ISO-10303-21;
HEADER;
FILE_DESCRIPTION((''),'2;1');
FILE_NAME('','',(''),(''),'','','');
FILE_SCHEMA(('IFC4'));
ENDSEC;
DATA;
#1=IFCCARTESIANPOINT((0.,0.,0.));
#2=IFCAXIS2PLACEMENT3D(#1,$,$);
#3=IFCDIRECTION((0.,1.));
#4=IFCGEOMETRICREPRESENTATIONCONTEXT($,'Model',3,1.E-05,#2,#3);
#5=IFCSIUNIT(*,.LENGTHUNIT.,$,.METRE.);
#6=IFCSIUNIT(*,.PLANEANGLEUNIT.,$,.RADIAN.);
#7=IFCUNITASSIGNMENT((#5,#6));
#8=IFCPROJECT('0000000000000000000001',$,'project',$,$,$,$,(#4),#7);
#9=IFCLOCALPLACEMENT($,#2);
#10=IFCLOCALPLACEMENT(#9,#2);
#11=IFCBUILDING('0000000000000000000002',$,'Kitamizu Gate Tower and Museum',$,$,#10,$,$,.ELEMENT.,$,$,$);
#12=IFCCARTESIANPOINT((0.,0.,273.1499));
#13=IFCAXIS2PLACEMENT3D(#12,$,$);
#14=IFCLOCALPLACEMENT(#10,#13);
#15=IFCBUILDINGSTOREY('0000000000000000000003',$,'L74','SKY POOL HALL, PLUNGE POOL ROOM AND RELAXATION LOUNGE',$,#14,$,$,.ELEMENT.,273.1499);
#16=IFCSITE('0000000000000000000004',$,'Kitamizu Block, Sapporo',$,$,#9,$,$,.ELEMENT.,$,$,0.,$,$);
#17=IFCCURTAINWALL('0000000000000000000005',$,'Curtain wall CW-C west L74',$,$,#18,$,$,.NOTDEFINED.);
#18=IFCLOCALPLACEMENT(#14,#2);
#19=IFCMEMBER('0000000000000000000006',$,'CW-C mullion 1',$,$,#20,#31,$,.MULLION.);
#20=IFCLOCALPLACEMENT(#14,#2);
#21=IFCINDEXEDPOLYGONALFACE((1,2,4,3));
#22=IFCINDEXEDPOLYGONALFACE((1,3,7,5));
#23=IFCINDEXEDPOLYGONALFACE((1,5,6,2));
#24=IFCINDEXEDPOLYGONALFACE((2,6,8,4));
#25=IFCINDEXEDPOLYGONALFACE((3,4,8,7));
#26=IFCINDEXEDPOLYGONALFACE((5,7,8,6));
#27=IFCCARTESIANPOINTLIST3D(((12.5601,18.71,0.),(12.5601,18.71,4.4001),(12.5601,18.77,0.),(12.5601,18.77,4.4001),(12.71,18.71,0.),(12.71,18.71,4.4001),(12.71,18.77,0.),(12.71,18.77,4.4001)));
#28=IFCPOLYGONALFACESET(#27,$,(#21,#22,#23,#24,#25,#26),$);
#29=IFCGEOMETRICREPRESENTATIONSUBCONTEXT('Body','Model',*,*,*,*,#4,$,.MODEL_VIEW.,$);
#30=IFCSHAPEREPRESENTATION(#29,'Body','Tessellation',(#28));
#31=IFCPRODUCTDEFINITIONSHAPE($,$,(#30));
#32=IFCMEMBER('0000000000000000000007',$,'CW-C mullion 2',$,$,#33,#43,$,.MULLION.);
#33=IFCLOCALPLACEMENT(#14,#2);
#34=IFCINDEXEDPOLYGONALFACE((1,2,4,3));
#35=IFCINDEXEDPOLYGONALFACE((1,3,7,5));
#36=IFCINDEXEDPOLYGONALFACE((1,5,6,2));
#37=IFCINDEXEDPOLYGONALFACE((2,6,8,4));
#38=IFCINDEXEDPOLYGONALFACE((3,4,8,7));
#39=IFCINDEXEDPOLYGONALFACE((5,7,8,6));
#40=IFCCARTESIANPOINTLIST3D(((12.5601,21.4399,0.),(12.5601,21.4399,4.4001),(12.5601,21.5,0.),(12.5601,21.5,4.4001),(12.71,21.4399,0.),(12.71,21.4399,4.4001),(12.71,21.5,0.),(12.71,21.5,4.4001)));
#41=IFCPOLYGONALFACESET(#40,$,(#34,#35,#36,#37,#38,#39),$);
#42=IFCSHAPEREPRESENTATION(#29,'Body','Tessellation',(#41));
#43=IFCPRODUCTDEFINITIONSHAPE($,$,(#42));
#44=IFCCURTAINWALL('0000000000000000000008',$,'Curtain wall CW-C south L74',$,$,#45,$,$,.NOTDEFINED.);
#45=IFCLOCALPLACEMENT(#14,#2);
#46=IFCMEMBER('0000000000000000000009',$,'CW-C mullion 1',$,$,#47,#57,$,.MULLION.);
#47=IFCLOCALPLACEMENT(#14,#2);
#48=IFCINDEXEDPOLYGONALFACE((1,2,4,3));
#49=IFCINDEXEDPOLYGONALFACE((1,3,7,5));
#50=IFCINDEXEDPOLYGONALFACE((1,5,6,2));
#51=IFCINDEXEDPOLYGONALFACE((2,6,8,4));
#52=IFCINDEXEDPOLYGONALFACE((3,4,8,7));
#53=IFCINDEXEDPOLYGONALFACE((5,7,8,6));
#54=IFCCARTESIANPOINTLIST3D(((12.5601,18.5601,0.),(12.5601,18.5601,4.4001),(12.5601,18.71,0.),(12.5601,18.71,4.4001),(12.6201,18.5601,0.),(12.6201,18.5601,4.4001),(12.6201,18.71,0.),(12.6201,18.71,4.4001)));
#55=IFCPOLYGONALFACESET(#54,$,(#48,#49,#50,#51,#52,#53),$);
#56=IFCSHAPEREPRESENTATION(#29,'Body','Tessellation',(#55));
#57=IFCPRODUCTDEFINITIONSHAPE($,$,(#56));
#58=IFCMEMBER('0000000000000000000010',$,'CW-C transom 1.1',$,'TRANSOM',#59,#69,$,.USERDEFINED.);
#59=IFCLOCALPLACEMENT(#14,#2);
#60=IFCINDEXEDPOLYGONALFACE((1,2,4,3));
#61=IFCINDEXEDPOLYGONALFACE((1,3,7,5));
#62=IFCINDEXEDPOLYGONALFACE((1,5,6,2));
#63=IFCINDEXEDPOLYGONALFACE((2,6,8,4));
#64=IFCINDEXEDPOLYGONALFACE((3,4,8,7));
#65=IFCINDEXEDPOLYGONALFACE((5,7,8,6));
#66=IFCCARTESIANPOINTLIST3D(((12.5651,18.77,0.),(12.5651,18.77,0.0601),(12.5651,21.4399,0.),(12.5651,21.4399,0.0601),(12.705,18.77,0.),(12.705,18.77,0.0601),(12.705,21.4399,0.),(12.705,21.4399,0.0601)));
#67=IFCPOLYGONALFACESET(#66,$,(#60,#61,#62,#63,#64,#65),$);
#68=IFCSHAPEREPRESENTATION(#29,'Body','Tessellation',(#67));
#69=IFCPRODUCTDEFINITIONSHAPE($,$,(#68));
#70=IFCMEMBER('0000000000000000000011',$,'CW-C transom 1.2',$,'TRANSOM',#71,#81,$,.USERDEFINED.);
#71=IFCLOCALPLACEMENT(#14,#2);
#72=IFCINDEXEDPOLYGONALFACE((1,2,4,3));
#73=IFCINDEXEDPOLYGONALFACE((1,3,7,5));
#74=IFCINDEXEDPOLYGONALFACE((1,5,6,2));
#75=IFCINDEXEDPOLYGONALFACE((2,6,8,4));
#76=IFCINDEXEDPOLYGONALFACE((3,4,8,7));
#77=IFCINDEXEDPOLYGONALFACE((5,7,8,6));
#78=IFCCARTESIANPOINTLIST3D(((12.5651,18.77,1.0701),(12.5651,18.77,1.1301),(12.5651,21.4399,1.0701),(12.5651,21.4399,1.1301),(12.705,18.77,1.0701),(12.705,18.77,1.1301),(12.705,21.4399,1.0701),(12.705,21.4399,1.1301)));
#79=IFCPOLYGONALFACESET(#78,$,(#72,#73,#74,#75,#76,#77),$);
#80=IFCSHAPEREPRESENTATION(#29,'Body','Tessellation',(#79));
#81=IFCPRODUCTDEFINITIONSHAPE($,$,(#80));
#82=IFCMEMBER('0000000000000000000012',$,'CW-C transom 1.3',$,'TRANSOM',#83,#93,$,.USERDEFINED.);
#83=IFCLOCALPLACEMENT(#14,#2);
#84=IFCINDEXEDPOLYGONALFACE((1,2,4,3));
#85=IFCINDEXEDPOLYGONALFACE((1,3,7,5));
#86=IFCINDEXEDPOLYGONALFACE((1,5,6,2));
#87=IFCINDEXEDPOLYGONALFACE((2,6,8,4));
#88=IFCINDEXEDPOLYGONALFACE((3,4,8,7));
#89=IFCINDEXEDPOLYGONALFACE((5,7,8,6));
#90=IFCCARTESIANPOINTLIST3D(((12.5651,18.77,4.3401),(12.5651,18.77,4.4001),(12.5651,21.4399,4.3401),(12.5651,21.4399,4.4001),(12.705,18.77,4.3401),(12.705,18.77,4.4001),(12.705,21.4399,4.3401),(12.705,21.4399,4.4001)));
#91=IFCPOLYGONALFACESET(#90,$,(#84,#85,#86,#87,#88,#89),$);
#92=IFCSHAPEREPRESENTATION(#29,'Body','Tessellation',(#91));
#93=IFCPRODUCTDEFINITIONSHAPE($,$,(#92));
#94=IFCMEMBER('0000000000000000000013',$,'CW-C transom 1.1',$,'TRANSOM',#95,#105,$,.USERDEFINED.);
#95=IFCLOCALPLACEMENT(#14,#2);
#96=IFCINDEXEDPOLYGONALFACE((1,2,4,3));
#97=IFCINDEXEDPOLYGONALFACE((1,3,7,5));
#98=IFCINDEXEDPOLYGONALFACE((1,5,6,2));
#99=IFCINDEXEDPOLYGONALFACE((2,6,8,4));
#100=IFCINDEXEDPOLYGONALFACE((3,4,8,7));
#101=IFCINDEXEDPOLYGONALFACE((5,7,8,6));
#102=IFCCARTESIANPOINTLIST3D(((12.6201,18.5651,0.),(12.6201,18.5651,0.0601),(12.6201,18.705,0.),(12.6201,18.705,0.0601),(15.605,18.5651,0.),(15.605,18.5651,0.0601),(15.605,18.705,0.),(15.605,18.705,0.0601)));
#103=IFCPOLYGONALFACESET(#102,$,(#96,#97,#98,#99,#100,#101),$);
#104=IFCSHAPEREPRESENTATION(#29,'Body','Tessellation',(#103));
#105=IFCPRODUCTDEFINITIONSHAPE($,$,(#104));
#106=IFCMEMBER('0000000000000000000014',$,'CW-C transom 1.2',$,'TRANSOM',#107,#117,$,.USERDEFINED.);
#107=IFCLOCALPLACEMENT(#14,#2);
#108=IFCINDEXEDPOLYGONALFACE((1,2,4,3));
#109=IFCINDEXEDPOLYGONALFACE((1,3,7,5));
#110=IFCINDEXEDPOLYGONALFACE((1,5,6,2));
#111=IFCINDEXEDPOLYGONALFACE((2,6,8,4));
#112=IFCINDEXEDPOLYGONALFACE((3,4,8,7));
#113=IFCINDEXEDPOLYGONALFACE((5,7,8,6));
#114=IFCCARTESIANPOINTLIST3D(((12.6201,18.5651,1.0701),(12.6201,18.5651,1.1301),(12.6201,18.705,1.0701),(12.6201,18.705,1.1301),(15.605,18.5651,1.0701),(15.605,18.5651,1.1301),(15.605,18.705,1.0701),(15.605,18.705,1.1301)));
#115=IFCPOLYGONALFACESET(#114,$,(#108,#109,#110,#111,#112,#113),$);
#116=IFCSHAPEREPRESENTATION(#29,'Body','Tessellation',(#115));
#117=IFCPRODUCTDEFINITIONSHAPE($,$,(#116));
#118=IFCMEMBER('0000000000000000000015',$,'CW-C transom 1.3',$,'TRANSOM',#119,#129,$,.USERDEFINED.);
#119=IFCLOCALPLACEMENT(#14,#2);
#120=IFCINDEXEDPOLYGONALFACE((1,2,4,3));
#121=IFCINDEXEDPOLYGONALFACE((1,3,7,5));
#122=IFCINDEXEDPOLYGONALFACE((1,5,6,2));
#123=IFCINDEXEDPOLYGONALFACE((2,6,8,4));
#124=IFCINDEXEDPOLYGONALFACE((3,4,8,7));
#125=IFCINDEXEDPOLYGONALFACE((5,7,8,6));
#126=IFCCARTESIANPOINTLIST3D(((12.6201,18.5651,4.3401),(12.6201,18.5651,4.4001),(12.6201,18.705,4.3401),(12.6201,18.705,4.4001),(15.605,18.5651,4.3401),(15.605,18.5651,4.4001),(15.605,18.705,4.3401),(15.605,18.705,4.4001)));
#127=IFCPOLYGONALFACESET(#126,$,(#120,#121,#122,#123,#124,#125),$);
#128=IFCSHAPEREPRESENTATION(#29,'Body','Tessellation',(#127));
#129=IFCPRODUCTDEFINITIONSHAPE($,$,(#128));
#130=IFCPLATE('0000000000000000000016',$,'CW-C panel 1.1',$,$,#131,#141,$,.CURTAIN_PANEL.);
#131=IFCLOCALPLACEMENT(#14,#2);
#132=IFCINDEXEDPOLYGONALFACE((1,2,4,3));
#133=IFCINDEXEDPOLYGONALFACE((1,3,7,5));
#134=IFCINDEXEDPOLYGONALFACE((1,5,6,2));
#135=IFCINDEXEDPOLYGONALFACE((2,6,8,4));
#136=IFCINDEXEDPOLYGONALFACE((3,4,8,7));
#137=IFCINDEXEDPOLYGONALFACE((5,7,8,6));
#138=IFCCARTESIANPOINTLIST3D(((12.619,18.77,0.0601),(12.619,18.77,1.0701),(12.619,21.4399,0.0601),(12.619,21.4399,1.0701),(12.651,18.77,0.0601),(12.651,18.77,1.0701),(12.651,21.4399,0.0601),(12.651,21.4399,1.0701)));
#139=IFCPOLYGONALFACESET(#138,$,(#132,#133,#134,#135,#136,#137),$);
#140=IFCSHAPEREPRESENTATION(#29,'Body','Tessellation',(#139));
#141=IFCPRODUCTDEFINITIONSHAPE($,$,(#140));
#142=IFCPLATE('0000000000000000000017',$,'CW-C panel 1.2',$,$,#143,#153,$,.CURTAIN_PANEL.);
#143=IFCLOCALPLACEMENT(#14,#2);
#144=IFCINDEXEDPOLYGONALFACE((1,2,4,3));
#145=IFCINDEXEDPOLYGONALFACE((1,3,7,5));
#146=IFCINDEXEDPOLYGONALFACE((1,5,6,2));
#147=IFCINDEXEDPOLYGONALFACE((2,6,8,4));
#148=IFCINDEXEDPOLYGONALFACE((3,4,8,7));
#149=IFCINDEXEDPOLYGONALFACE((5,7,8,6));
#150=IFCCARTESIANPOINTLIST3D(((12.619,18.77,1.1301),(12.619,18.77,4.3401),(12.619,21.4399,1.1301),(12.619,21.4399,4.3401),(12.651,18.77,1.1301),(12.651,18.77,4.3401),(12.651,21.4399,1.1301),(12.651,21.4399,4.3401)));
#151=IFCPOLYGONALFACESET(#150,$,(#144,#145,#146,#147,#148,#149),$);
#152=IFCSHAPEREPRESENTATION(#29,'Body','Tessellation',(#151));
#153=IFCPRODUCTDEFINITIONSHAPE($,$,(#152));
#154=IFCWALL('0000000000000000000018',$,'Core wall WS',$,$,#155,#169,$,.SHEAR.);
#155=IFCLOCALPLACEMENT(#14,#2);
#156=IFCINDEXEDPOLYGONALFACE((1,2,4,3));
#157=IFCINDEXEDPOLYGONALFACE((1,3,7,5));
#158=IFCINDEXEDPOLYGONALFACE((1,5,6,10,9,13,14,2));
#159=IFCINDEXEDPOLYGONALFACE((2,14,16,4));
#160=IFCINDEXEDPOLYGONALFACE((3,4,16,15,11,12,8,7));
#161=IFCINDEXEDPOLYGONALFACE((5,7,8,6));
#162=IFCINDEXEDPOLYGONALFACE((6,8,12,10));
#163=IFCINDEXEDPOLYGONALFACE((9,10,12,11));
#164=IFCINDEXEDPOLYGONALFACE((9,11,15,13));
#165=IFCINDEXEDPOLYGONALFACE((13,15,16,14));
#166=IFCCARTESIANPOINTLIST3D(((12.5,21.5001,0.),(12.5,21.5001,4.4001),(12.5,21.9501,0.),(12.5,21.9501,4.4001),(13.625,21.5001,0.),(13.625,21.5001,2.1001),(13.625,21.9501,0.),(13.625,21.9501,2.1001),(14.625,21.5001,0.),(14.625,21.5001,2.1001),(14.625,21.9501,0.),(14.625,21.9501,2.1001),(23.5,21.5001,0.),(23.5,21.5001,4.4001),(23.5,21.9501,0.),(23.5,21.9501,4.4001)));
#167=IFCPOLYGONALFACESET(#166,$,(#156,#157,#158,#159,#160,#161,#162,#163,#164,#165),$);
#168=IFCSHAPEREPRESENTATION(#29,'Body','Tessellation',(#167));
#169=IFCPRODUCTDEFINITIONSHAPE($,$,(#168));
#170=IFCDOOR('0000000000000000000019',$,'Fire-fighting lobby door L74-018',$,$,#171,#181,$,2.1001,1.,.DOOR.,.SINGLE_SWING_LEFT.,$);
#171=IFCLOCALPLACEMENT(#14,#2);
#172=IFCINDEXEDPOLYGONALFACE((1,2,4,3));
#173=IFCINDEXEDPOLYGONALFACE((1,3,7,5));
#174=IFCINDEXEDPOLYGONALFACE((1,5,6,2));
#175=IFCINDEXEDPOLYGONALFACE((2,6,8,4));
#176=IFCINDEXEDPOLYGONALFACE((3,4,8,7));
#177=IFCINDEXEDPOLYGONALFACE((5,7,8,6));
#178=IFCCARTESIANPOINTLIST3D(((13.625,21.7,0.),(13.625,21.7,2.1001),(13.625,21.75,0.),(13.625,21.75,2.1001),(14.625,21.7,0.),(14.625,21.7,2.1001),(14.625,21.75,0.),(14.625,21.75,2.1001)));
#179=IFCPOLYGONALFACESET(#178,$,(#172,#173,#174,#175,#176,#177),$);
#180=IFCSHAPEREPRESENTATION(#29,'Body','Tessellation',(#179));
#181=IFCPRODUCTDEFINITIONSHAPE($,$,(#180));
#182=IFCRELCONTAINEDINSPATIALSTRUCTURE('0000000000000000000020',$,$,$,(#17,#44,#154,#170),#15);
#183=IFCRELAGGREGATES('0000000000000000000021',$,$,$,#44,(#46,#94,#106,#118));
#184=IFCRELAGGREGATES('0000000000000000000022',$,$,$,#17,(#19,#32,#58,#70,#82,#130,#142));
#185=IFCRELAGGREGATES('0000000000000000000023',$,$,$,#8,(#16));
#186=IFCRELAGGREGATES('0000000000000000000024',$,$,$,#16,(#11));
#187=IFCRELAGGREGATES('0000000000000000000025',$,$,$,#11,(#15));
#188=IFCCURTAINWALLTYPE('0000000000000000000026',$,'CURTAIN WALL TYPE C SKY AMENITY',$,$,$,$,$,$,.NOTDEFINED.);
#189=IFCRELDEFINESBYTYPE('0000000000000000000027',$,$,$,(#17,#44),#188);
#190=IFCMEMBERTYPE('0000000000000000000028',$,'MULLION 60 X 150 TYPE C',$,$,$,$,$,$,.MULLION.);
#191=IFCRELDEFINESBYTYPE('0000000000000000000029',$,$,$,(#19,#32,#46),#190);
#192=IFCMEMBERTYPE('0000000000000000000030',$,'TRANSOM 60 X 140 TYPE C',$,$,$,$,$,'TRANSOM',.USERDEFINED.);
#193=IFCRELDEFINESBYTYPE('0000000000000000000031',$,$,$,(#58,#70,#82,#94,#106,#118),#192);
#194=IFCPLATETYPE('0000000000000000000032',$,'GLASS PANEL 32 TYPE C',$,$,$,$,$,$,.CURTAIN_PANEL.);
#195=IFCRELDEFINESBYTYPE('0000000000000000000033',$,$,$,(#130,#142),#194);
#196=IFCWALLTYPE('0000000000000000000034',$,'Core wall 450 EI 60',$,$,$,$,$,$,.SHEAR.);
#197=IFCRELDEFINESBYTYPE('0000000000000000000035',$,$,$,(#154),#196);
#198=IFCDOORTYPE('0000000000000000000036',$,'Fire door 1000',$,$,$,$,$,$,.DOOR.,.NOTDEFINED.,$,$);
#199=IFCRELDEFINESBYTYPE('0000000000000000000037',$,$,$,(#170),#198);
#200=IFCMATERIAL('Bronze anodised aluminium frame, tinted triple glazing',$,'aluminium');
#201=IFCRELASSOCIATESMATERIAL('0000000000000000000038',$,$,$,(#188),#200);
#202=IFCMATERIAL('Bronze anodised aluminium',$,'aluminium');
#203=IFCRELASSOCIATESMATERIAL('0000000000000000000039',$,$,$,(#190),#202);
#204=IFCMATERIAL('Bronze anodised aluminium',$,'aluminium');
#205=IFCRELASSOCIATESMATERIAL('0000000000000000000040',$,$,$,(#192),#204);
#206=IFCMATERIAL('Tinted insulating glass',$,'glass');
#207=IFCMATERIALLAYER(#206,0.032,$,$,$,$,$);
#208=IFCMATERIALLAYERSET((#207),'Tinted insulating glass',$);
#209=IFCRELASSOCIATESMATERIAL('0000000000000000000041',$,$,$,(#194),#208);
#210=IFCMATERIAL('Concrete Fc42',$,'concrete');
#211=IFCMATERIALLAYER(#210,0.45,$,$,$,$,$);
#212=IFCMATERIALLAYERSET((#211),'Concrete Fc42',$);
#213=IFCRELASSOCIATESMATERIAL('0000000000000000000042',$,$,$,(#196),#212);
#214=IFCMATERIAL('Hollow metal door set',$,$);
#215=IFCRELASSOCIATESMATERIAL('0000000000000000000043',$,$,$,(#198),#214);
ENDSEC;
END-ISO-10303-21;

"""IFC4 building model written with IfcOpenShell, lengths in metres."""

from ifc_helpers import new_model, si_unit, direction, frame, frame_2d, origin, origin_2d, place, context, subcontext, project, spatial, rectangle, extrude, material, layer, layer_set, material_profile, profile_set, type_object, element, fill, aggregate, save


model = new_model("IFC4")

# Units and contexts
model_context = context("Model", 3, precision=1e-05, world=origin(), true_north=direction((0.0, 1.0)))
body_context = subcontext(model_context, "Body", "Model", "MODEL_VIEW")
ifc_project = project(units=[si_unit("LENGTHUNIT", "METRE"), si_unit("PLANEANGLEUNIT", "RADIAN")], contexts=[model_context])

# Site, building, storey
site_placement = place(None, origin())
site = spatial("IfcSite", under=ifc_project, at=site_placement, Name="Kitamizu Block, Sapporo", CompositionType="ELEMENT", RefElevation=0.0)
building_placement = place(site_placement, origin())
building = spatial("IfcBuilding", under=site, at=building_placement, Name="Kitamizu Gate Tower and Museum", CompositionType="ELEMENT")
storey_placement = place(building_placement, frame((0.0, 0.0, 273.1499)))
storey = spatial("IfcBuildingStorey", under=building, at=storey_placement, Name="L74", Description="SKY POOL HALL, PLUNGE POOL ROOM AND RELAXATION LOUNGE", CompositionType="ELEMENT", Elevation=273.1499)

# Curtain wall, members
ifc_material_1 = material(Name="Bronze anodised aluminium frame, tinted triple glazing", Category="aluminium")
curtain_wall_type = type_object("IfcCurtainWallType", Name="CURTAIN WALL TYPE C SKY AMENITY", PredefinedType="NOTDEFINED", material=ifc_material_1)
curtain_wall_1_placement = place(storey_placement, origin())
curtain_wall_1 = element("IfcCurtainWall", 1, at=curtain_wall_1_placement, inside=storey, type_object=curtain_wall_type, Name="Curtain wall CW-C west L74", PredefinedType="NOTDEFINED")
ifc_material_2 = material(Name="Bronze anodised aluminium", Category="aluminium")
ifc_material_profile_1 = material_profile(ifc_material_2, rectangle(XDim=0.0601, YDim=0.1499, at=origin_2d()), Name="AL 60X150")
ifc_profile_set_1 = profile_set([ifc_material_profile_1], Name="Bronze anodised aluminium")
member_type_1 = type_object("IfcMemberType", Name="MULLION 60 X 150 TYPE C", PredefinedType="MULLION", material=ifc_profile_set_1)
member_1_placement = place(storey_placement, frame((12.635, 18.74, 0.0), z_axis=(0.0, 0.0, 1.0), x_axis=(0.0, 1.0, 0.0)))
member_1 = element("IfcMember", 2, at=member_1_placement, type_object=member_type_1, Name="CW-C mullion 1", PredefinedType="MULLION", context=body_context, shape_type="SweptSolid", body=[
    extrude(rectangle(XDim=0.0601, YDim=0.1499, at=origin_2d()), origin(), (0.0, 0.0, 1.0), 4.4001),
])
member_2_placement = place(storey_placement, frame((12.635, 21.47, 0.0), z_axis=(0.0, 0.0, 1.0), x_axis=(0.0, 1.0, 0.0)))
member_2 = element("IfcMember", 3, at=member_2_placement, type_object=member_type_1, Name="CW-C mullion 2", PredefinedType="MULLION", context=body_context, shape_type="SweptSolid", body=[
    extrude(rectangle(XDim=0.0601, YDim=0.1499, at=origin_2d()), origin(), (0.0, 0.0, 1.0), 4.4001),
])

# Curtain wall, member
curtain_wall_2_placement = place(storey_placement, origin())
curtain_wall_2 = element("IfcCurtainWall", 4, at=curtain_wall_2_placement, inside=storey, type_object=curtain_wall_type, Name="Curtain wall CW-C south L74", PredefinedType="NOTDEFINED")
member_3_placement = place(storey_placement, frame((12.5901, 18.635, 0.0), z_axis=(0.0, 0.0, 1.0), x_axis=(1.0, 0.0, 0.0)))
member_3 = element("IfcMember", 5, at=member_3_placement, type_object=member_type_1, Name="CW-C mullion 1", PredefinedType="MULLION", context=body_context, shape_type="SweptSolid", body=[
    extrude(rectangle(XDim=0.0601, YDim=0.1499, at=origin_2d()), origin(), (0.0, 0.0, 1.0), 4.4001),
])

# Members
ifc_material_3 = material(Name="Bronze anodised aluminium", Category="aluminium")
ifc_material_profile_2 = material_profile(ifc_material_3, rectangle(XDim=0.1399, YDim=0.0601, at=origin_2d()), Name="AL 60X140")
ifc_profile_set_2 = profile_set([ifc_material_profile_2], Name="Bronze anodised aluminium")
member_type_2 = type_object("IfcMemberType", Name="TRANSOM 60 X 140 TYPE C", ElementType="TRANSOM", PredefinedType="USERDEFINED", material=ifc_profile_set_2)
member_4_placement = place(storey_placement, frame((12.635, 18.77, 0.03), z_axis=(0.0, 1.0, 0.0), x_axis=(-1.0, 0.0, 0.0)))
member_4 = element("IfcMember", 6, at=member_4_placement, type_object=member_type_2, Name="CW-C transom 1.1", ObjectType="TRANSOM", PredefinedType="USERDEFINED", context=body_context, shape_type="SweptSolid", body=[
    extrude(rectangle(XDim=0.1399, YDim=0.0601, at=origin_2d()), origin(), (0.0, 0.0, 1.0), 2.6699),
])
member_5_placement = place(storey_placement, frame((12.635, 18.77, 1.1001), z_axis=(0.0, 1.0, 0.0), x_axis=(-1.0, 0.0, 0.0)))
member_5 = element("IfcMember", 7, at=member_5_placement, type_object=member_type_2, Name="CW-C transom 1.2", ObjectType="TRANSOM", PredefinedType="USERDEFINED", context=body_context, shape_type="SweptSolid", body=[
    extrude(rectangle(XDim=0.1399, YDim=0.0601, at=origin_2d()), origin(), (0.0, 0.0, 1.0), 2.6699),
])
member_6_placement = place(storey_placement, frame((12.635, 18.77, 4.3701), z_axis=(0.0, 1.0, 0.0), x_axis=(-1.0, 0.0, 0.0)))
member_6 = element("IfcMember", 8, at=member_6_placement, type_object=member_type_2, Name="CW-C transom 1.3", ObjectType="TRANSOM", PredefinedType="USERDEFINED", context=body_context, shape_type="SweptSolid", body=[
    extrude(rectangle(XDim=0.1399, YDim=0.0601, at=origin_2d()), origin(), (0.0, 0.0, 1.0), 2.6699),
])
member_7_placement = place(storey_placement, frame((12.6201, 18.635, 0.03), z_axis=(1.0, 0.0, 0.0), x_axis=(0.0, 1.0, 0.0)))
member_7 = element("IfcMember", 9, at=member_7_placement, type_object=member_type_2, Name="CW-C transom 1.1", ObjectType="TRANSOM", PredefinedType="USERDEFINED", context=body_context, shape_type="SweptSolid", body=[
    extrude(rectangle(XDim=0.1399, YDim=0.0601, at=origin_2d()), origin(), (0.0, 0.0, 1.0), 2.9849),
])
member_8_placement = place(storey_placement, frame((12.6201, 18.635, 1.1001), z_axis=(1.0, 0.0, 0.0), x_axis=(0.0, 1.0, 0.0)))
member_8 = element("IfcMember", 10, at=member_8_placement, type_object=member_type_2, Name="CW-C transom 1.2", ObjectType="TRANSOM", PredefinedType="USERDEFINED", context=body_context, shape_type="SweptSolid", body=[
    extrude(rectangle(XDim=0.1399, YDim=0.0601, at=origin_2d()), origin(), (0.0, 0.0, 1.0), 2.9849),
])
member_9_placement = place(storey_placement, frame((12.6201, 18.635, 4.3701), z_axis=(1.0, 0.0, 0.0), x_axis=(0.0, 1.0, 0.0)))
member_9 = element("IfcMember", 11, at=member_9_placement, type_object=member_type_2, Name="CW-C transom 1.3", ObjectType="TRANSOM", PredefinedType="USERDEFINED", context=body_context, shape_type="SweptSolid", body=[
    extrude(rectangle(XDim=0.1399, YDim=0.0601, at=origin_2d()), origin(), (0.0, 0.0, 1.0), 2.9849),
])
aggregate(curtain_wall_2, [member_3, member_7, member_8, member_9])

# Plates
ifc_material_4 = material(Name="Tinted insulating glass", Category="glass")
ifc_layer_1 = layer(ifc_material_4, 0.032)
ifc_layer_set_1 = layer_set([ifc_layer_1], Name="Tinted insulating glass")
plate_type = type_object("IfcPlateType", Name="GLASS PANEL 32 TYPE C", PredefinedType="CURTAIN_PANEL", material=ifc_layer_set_1)
plate_1_placement = place(storey_placement, frame((12.635, 20.105, 0.0601), z_axis=(0.0, 0.0, 1.0), x_axis=(0.0, 1.0, 0.0)))
plate_1 = element("IfcPlate", 12, at=plate_1_placement, type_object=plate_type, Name="CW-C panel 1.1", PredefinedType="CURTAIN_PANEL", context=body_context, shape_type="SweptSolid", body=[
    extrude(rectangle(XDim=2.6699, YDim=0.032, at=origin_2d()), origin(), (0.0, 0.0, 1.0), 1.01),
])
plate_2_placement = place(storey_placement, frame((12.635, 20.105, 1.1301), z_axis=(0.0, 0.0, 1.0), x_axis=(0.0, 1.0, 0.0)))
plate_2 = element("IfcPlate", 13, at=plate_2_placement, type_object=plate_type, Name="CW-C panel 1.2", PredefinedType="CURTAIN_PANEL", context=body_context, shape_type="SweptSolid", body=[
    extrude(rectangle(XDim=2.6699, YDim=0.032, at=origin_2d()), origin(), (0.0, 0.0, 1.0), 3.21),
])
aggregate(curtain_wall_1, [member_1, member_2, member_4, member_5, member_6, plate_1, plate_2])

# Wall, opening, door
ifc_material_5 = material(Name="Concrete Fc42", Category="concrete")
ifc_layer_2 = layer(ifc_material_5, 0.45)
ifc_layer_set_2 = layer_set([ifc_layer_2], Name="Concrete Fc42")
wall_type = type_object("IfcWallType", Name="Core wall 450 EI 60", PredefinedType="SHEAR", material=ifc_layer_set_2)
wall_1_placement = place(storey_placement, frame((12.5, 21.7251, 0.0), z_axis=(0.0, 0.0, 1.0), x_axis=(1.0, 0.0, 0.0)))
wall_1 = element("IfcWall", 14, at=wall_1_placement, inside=storey, type_object=wall_type, Name="Core wall WS", PredefinedType="SHEAR", context=body_context, shape_type="SweptSolid", body=[
    extrude(rectangle(XDim=11.0, YDim=0.45, at=frame_2d((5.5, 0.0))), origin(), (0.0, 0.0, 1.0), 4.4001),
])
opening_placement = place(wall_1_placement, frame((1.125, 0.0, 0.0)))
opening = element("IfcOpeningElement", 15, at=opening_placement, cuts=wall_1, PredefinedType="OPENING", context=body_context, shape_type="SweptSolid", body=[
    extrude(rectangle(XDim=1.0, YDim=2.1001, at=frame_2d((0.5, 1.05))), frame((0.0, 0.2349, 0.0), z_axis=(0.0, -1.0, 0.0), x_axis=(1.0, 0.0, 0.0)), (0.0, 0.0, 1.0), 0.47),
])
ifc_material_6 = material(Name="Hollow metal door set")
door_type = type_object("IfcDoorType", Name="Fire door 1000", OperationType="NOTDEFINED", PredefinedType="DOOR", material=ifc_material_6)
door_placement = place(opening_placement, origin())
door = element("IfcDoor", 16, at=door_placement, inside=storey, type_object=door_type, Name="Fire-fighting lobby door L74-018", OperationType="SINGLE_SWING_LEFT", OverallHeight=2.1001, OverallWidth=1.0, PredefinedType="DOOR", context=body_context, shape_type="SweptSolid", body=[
    extrude(rectangle(XDim=1.0, YDim=2.1001, at=frame_2d((0.5, 1.05))), frame((0.0, 0.0249, 0.0), z_axis=(0.0, -1.0, 0.0), x_axis=(1.0, 0.0, 0.0)), (0.0, 0.0, 1.0), 0.05),
])
fill(opening, door)

save(model, "model.ifc")
